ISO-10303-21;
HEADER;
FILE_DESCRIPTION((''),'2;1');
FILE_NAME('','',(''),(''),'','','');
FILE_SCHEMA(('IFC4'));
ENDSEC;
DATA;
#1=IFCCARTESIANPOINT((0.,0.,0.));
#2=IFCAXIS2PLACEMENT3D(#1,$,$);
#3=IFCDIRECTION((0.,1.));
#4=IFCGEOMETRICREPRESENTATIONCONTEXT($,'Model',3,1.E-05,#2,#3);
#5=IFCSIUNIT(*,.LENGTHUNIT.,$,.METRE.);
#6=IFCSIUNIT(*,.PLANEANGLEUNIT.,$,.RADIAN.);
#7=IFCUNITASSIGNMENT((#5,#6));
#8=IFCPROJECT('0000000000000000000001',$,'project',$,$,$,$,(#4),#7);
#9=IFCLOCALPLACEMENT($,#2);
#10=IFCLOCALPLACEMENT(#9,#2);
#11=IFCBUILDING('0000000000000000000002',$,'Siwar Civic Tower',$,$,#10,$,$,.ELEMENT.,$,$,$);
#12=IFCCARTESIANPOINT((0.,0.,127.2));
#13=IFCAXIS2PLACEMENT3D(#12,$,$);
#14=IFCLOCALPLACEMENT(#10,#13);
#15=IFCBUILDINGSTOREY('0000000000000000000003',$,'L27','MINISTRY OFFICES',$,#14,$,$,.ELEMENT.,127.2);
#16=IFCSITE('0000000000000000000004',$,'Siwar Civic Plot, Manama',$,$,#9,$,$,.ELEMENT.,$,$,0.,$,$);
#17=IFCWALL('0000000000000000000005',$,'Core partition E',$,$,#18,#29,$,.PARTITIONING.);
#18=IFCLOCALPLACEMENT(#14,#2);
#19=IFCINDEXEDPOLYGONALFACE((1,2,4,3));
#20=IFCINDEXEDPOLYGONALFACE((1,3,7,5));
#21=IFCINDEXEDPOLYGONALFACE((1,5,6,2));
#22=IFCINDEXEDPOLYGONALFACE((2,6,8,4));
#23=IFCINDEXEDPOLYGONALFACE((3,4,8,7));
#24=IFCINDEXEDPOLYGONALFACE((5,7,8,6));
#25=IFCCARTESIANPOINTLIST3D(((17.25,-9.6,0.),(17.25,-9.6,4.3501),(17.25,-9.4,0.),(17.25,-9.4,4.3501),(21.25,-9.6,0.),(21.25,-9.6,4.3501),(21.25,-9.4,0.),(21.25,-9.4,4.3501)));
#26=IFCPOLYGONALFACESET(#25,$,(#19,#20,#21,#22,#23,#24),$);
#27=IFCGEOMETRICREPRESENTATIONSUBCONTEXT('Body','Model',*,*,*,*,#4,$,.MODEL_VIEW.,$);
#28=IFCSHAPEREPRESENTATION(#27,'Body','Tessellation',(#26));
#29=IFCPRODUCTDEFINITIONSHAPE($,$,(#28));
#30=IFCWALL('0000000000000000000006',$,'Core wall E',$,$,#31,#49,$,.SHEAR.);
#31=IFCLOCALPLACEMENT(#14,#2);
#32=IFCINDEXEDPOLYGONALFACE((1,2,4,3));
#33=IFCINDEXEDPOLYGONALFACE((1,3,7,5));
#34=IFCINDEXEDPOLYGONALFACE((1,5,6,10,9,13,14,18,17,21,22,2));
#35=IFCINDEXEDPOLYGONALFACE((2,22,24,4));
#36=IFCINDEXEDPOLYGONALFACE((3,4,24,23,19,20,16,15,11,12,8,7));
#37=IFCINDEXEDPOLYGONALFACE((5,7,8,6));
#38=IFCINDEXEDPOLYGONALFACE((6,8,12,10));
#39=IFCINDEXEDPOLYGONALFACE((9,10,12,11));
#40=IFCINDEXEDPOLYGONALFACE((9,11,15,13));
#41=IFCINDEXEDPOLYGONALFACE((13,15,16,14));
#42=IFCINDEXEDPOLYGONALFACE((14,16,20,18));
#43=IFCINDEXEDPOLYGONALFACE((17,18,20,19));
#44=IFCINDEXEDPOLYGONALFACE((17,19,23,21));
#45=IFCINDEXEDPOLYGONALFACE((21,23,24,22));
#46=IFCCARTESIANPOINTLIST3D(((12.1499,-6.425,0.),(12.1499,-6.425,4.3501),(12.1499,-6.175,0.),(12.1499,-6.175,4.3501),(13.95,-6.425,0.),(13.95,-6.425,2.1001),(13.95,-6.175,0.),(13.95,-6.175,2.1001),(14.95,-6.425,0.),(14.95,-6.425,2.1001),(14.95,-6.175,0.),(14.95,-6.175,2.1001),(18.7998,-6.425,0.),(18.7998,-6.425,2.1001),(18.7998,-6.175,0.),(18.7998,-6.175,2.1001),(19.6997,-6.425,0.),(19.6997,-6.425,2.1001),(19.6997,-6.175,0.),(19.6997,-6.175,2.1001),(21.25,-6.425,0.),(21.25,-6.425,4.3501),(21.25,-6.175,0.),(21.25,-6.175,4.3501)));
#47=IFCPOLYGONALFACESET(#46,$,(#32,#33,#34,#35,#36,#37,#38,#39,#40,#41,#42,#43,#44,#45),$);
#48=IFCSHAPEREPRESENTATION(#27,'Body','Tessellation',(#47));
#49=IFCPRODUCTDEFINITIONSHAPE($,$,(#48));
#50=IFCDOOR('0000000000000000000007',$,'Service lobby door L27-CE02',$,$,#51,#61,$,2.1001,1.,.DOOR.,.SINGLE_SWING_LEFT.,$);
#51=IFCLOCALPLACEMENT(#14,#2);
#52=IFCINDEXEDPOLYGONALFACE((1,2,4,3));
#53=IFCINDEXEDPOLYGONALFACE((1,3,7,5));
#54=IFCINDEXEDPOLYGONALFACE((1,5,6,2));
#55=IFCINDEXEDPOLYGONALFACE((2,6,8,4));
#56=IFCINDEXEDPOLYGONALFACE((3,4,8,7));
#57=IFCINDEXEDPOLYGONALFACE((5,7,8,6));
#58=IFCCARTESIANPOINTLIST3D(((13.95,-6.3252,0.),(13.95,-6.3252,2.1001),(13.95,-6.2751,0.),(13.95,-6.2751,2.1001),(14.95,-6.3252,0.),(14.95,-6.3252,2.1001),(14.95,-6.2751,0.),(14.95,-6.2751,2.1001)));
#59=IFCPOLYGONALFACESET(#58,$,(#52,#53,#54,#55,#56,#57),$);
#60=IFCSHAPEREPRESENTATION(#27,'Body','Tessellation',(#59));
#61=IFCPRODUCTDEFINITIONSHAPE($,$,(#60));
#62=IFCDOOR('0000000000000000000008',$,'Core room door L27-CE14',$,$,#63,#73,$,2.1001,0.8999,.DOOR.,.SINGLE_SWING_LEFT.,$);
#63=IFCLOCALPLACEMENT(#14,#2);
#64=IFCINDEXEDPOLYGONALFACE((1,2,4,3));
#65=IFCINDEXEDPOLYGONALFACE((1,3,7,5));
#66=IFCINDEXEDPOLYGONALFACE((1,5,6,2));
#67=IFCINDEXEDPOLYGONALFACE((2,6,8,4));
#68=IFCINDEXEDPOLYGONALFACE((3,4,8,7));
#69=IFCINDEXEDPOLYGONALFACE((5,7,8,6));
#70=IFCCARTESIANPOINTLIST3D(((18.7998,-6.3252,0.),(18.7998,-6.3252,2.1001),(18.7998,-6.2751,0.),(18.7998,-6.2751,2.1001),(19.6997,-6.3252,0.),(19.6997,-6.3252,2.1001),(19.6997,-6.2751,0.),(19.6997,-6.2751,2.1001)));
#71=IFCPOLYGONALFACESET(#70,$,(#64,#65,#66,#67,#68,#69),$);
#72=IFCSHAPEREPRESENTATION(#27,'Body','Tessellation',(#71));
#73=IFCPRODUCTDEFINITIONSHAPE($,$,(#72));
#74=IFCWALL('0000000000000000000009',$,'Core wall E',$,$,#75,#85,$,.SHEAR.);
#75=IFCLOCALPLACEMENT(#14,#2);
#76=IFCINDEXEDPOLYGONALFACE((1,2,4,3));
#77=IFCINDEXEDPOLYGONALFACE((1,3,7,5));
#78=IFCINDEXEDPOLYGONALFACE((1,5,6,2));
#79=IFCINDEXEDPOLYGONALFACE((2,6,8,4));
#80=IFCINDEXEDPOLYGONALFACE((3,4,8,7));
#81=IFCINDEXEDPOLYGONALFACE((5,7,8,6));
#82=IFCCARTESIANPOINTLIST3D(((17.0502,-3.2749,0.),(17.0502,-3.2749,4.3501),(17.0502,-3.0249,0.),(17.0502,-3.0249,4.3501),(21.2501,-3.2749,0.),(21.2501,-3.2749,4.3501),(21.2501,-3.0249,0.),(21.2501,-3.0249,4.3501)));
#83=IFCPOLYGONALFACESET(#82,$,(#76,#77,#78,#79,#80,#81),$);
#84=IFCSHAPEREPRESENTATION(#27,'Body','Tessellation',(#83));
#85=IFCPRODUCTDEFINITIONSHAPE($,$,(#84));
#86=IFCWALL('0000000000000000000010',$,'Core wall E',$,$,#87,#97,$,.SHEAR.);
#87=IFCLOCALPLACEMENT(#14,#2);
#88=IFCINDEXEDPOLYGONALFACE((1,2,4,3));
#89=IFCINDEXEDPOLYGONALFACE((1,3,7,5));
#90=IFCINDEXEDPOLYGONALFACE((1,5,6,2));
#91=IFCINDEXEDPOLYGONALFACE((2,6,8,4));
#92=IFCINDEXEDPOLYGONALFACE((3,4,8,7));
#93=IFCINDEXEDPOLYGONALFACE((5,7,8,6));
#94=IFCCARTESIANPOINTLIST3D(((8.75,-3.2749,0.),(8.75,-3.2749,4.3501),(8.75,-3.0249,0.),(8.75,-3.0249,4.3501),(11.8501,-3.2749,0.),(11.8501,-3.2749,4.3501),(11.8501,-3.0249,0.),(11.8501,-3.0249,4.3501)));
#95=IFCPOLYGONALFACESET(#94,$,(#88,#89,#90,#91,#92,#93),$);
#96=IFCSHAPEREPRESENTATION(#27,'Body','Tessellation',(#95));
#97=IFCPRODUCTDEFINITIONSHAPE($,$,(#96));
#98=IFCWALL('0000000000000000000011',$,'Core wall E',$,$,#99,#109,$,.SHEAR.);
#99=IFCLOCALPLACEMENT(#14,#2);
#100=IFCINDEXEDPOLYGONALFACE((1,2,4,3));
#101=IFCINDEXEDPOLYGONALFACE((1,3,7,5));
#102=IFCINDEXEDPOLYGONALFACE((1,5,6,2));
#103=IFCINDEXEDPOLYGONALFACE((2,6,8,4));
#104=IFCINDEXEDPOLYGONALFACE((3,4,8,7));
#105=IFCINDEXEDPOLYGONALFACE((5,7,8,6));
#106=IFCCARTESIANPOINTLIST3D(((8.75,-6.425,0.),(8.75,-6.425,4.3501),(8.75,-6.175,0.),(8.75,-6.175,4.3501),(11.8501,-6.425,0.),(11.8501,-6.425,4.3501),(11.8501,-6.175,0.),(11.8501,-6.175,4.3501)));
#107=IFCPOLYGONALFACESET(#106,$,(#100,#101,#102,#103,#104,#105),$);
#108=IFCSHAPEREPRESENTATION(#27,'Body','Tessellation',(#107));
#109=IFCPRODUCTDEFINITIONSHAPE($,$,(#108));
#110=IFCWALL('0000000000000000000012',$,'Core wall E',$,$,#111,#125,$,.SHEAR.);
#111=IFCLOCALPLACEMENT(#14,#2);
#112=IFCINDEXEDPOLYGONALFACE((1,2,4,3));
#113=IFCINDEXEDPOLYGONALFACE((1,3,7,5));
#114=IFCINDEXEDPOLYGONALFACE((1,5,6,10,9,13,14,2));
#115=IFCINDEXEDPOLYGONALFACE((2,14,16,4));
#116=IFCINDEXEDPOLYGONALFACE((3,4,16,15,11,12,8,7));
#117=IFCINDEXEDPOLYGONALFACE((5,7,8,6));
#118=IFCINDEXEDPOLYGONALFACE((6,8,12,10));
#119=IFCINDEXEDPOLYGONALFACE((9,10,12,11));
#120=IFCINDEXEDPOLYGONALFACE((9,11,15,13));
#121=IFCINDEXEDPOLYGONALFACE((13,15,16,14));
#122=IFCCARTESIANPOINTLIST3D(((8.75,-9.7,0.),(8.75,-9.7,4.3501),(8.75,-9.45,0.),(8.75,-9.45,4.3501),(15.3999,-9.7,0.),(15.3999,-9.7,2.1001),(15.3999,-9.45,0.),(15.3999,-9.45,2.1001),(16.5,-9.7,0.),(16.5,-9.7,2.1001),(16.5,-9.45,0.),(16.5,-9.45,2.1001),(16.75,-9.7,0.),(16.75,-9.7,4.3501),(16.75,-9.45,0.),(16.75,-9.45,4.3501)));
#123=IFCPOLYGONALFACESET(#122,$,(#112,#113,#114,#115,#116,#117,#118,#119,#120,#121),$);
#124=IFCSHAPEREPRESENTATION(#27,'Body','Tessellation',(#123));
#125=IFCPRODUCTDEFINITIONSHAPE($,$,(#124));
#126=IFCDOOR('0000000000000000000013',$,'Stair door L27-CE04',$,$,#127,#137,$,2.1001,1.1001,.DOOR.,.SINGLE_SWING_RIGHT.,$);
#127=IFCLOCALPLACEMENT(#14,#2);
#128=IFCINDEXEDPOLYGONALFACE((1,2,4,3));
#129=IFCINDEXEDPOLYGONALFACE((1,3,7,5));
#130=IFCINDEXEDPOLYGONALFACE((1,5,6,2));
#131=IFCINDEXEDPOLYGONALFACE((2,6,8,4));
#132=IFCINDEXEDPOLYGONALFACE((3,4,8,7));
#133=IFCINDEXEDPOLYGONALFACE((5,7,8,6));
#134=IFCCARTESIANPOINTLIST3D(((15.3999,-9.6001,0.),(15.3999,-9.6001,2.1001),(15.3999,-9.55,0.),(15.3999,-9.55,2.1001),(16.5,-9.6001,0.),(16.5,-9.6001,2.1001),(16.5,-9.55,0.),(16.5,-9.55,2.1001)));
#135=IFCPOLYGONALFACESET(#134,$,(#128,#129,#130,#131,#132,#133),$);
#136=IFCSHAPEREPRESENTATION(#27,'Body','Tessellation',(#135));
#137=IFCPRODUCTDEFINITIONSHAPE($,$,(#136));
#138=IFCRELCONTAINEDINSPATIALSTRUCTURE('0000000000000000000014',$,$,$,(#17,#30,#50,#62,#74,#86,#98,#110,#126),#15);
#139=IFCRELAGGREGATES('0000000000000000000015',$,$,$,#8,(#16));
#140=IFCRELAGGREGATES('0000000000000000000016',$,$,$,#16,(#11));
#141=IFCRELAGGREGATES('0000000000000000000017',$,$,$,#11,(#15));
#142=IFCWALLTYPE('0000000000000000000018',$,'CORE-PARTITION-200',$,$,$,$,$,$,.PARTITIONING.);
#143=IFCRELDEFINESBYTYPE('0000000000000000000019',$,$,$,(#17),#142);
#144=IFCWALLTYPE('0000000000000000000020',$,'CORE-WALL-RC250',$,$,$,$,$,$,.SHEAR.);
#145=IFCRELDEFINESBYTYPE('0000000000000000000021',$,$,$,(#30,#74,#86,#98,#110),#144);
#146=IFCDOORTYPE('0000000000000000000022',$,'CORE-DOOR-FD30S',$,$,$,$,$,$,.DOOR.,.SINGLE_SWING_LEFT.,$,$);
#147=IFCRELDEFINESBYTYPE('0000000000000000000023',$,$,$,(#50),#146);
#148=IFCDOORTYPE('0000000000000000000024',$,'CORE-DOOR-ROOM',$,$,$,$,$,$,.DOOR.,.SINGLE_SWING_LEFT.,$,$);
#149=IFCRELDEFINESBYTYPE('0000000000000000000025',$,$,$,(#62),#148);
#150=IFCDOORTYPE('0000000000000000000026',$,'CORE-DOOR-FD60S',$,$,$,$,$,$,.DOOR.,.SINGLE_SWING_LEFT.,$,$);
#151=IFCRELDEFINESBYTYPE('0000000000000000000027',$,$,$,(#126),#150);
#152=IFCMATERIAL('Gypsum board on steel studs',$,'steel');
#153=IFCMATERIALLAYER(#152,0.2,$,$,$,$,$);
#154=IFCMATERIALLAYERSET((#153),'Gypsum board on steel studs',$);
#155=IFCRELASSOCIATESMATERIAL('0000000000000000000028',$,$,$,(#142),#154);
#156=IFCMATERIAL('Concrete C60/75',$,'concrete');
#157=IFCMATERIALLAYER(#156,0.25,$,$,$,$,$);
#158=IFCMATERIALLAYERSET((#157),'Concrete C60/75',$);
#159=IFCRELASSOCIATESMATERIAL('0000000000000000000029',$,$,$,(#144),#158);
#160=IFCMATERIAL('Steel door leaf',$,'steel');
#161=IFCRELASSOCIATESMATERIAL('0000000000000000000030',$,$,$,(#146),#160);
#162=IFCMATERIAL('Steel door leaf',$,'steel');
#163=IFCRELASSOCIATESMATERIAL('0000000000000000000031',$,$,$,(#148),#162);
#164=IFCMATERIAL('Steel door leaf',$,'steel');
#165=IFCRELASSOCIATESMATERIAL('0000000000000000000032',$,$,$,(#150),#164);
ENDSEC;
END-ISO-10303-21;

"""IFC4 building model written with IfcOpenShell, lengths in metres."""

from ifc_helpers import new_model, si_unit, direction, frame, frame_2d, origin, place, context, subcontext, project, spatial, rectangle, extrude, material, layer, layer_set, type_object, element, fill, save


model = new_model("IFC4")

# Units and contexts
model_context = context("Model", 3, precision=1e-05, world=origin(), true_north=direction((0.0, 1.0)))
body_context = subcontext(model_context, "Body", "Model", "MODEL_VIEW")
ifc_project = project(units=[si_unit("LENGTHUNIT", "METRE"), si_unit("PLANEANGLEUNIT", "RADIAN")], contexts=[model_context])

# Site, building, storey
site_placement = place(None, origin())
site = spatial("IfcSite", under=ifc_project, at=site_placement, Name="Siwar Civic Plot, Manama", CompositionType="ELEMENT", RefElevation=0.0)
building_placement = place(site_placement, origin())
building = spatial("IfcBuilding", under=site, at=building_placement, Name="Siwar Civic Tower", CompositionType="ELEMENT")
storey_placement = place(building_placement, frame((0.0, 0.0, 127.2)))
storey = spatial("IfcBuildingStorey", under=building, at=storey_placement, Name="L27", Description="MINISTRY OFFICES", CompositionType="ELEMENT", Elevation=127.2)

# Wall
ifc_material_1 = material(Name="Gypsum board on steel studs", Category="steel")
ifc_layer_1 = layer(ifc_material_1, 0.2)
ifc_layer_set_1 = layer_set([ifc_layer_1], Name="Gypsum board on steel studs")
wall_type_1 = type_object("IfcWallType", Name="CORE-PARTITION-200", PredefinedType="PARTITIONING", material=ifc_layer_set_1)
wall_1_placement = place(storey_placement, frame((17.25, -9.5, 0.0), z_axis=(0.0, 0.0, 1.0), x_axis=(1.0, 0.0, 0.0)))
element("IfcWall", 1, at=wall_1_placement, inside=storey, type_object=wall_type_1, Name="Core partition E", PredefinedType="PARTITIONING", context=body_context, shape_type="SweptSolid", body=[
    extrude(rectangle(XDim=4.0, YDim=0.2, at=frame_2d((2.0, 0.0))), origin(), (0.0, 0.0, 1.0), 4.3501),
])

# Wall, openings, doors
ifc_material_2 = material(Name="Concrete C60/75", Category="concrete")
ifc_layer_2 = layer(ifc_material_2, 0.25)
ifc_layer_set_2 = layer_set([ifc_layer_2], Name="Concrete C60/75")
wall_type_2 = type_object("IfcWallType", Name="CORE-WALL-RC250", PredefinedType="SHEAR", material=ifc_layer_set_2)
wall_2_placement = place(storey_placement, frame((12.1499, -6.3, 0.0), z_axis=(0.0, 0.0, 1.0), x_axis=(1.0, 0.0, 0.0)))
wall_2 = element("IfcWall", 2, at=wall_2_placement, inside=storey, type_object=wall_type_2, Name="Core wall E", PredefinedType="SHEAR", context=body_context, shape_type="SweptSolid", body=[
    extrude(rectangle(XDim=9.1001, YDim=0.25, at=frame_2d((4.55, 0.0))), origin(), (0.0, 0.0, 1.0), 4.3501),
])
opening_1_placement = place(wall_2_placement, frame((1.8, 0.0, 0.0)))
opening_1 = element("IfcOpeningElement", 3, at=opening_1_placement, cuts=wall_2, PredefinedType="OPENING", context=body_context, shape_type="SweptSolid", body=[
    extrude(rectangle(XDim=1.0, YDim=2.1001, at=frame_2d((0.5, 1.05))), frame((0.0, 0.135, 0.0), z_axis=(0.0, -1.0, 0.0), x_axis=(1.0, 0.0, 0.0)), (0.0, 0.0, 1.0), 0.27),
])
opening_2_placement = place(wall_2_placement, frame((6.6499, 0.0, 0.0)))
opening_2 = element("IfcOpeningElement", 4, at=opening_2_placement, cuts=wall_2, PredefinedType="OPENING", context=body_context, shape_type="SweptSolid", body=[
    extrude(rectangle(XDim=0.8999, YDim=2.1001, at=frame_2d((0.45, 1.05))), frame((0.0, 0.135, 0.0), z_axis=(0.0, -1.0, 0.0), x_axis=(1.0, 0.0, 0.0)), (0.0, 0.0, 1.0), 0.27),
])
ifc_material_3 = material(Name="Steel door leaf", Category="steel")
door_type_1 = type_object("IfcDoorType", Name="CORE-DOOR-FD30S", OperationType="SINGLE_SWING_LEFT", PredefinedType="DOOR", material=ifc_material_3)
door_1_placement = place(opening_1_placement, origin())
door_1 = element("IfcDoor", 5, at=door_1_placement, inside=storey, type_object=door_type_1, Name="Service lobby door L27-CE02", OperationType="SINGLE_SWING_LEFT", OverallHeight=2.1001, OverallWidth=1.0, PredefinedType="DOOR", context=body_context, shape_type="SweptSolid", body=[
    extrude(rectangle(XDim=1.0, YDim=2.1001, at=frame_2d((0.5, 1.05))), frame((0.0, 0.0249, 0.0), z_axis=(0.0, -1.0, 0.0), x_axis=(1.0, 0.0, 0.0)), (0.0, 0.0, 1.0), 0.05),
])
fill(opening_1, door_1)
ifc_material_4 = material(Name="Steel door leaf", Category="steel")
door_type_2 = type_object("IfcDoorType", Name="CORE-DOOR-ROOM", OperationType="SINGLE_SWING_LEFT", PredefinedType="DOOR", material=ifc_material_4)
door_2_placement = place(opening_2_placement, origin())
door_2 = element("IfcDoor", 6, at=door_2_placement, inside=storey, type_object=door_type_2, Name="Core room door L27-CE14", OperationType="SINGLE_SWING_LEFT", OverallHeight=2.1001, OverallWidth=0.8999, PredefinedType="DOOR", context=body_context, shape_type="SweptSolid", body=[
    extrude(rectangle(XDim=0.8999, YDim=2.1001, at=frame_2d((0.45, 1.05))), frame((0.0, 0.0249, 0.0), z_axis=(0.0, -1.0, 0.0), x_axis=(1.0, 0.0, 0.0)), (0.0, 0.0, 1.0), 0.05),
])
fill(opening_2, door_2)

# Walls
wall_3_placement = place(storey_placement, frame((17.05, -3.1499, 0.0), z_axis=(0.0, 0.0, 1.0), x_axis=(1.0, 0.0, 0.0)))
element("IfcWall", 7, at=wall_3_placement, inside=storey, type_object=wall_type_2, Name="Core wall E", PredefinedType="SHEAR", context=body_context, shape_type="SweptSolid", body=[
    extrude(rectangle(XDim=4.2, YDim=0.25, at=frame_2d((2.1001, 0.0))), origin(), (0.0, 0.0, 1.0), 4.3501),
])
for number, where, z_axis, x_axis, name in (
    (8, (8.75, -3.1499, 0.0), (0.0, 0.0, 1.0), (1.0, 0.0, 0.0), "Core wall E"),
    (9, (8.75, -6.3, 0.0), (0.0, 0.0, 1.0), (1.0, 0.0, 0.0), "Core wall E"),
):
    element("IfcWall", number, at=place(storey_placement, frame(where, z_axis=z_axis, x_axis=x_axis)), inside=storey, type_object=wall_type_2, Name=name, PredefinedType="SHEAR", context=body_context, shape_type="SweptSolid", body=[
        extrude(rectangle(XDim=3.1001, YDim=0.25, at=frame_2d((1.55, 0.0))), origin(), (0.0, 0.0, 1.0), 4.3501),
    ])

# Wall, opening, door
wall_4_placement = place(storey_placement, frame((8.75, -9.575, 0.0), z_axis=(0.0, 0.0, 1.0), x_axis=(1.0, 0.0, 0.0)))
wall_4 = element("IfcWall", 10, at=wall_4_placement, inside=storey, type_object=wall_type_2, Name="Core wall E", PredefinedType="SHEAR", context=body_context, shape_type="SweptSolid", body=[
    extrude(rectangle(XDim=8.0, YDim=0.25, at=frame_2d((4.0, 0.0))), origin(), (0.0, 0.0, 1.0), 4.3501),
])
opening_3_placement = place(wall_4_placement, frame((6.6499, 0.0, 0.0)))
opening_3 = element("IfcOpeningElement", 11, at=opening_3_placement, cuts=wall_4, PredefinedType="OPENING", context=body_context, shape_type="SweptSolid", body=[
    extrude(rectangle(XDim=1.1001, YDim=2.1001, at=frame_2d((0.55, 1.05))), frame((0.0, 0.135, 0.0), z_axis=(0.0, -1.0, 0.0), x_axis=(1.0, 0.0, 0.0)), (0.0, 0.0, 1.0), 0.27),
])
ifc_material_5 = material(Name="Steel door leaf", Category="steel")
door_type_3 = type_object("IfcDoorType", Name="CORE-DOOR-FD60S", OperationType="SINGLE_SWING_LEFT", PredefinedType="DOOR", material=ifc_material_5)
door_3_placement = place(opening_3_placement, origin())
door_3 = element("IfcDoor", 12, at=door_3_placement, inside=storey, type_object=door_type_3, Name="Stair door L27-CE04", OperationType="SINGLE_SWING_RIGHT", OverallHeight=2.1001, OverallWidth=1.1001, PredefinedType="DOOR", context=body_context, shape_type="SweptSolid", body=[
    extrude(rectangle(XDim=1.1001, YDim=2.1001, at=frame_2d((0.55, 1.05))), frame((0.0, 0.0249, 0.0), z_axis=(0.0, -1.0, 0.0), x_axis=(1.0, 0.0, 0.0)), (0.0, 0.0, 1.0), 0.05),
])
fill(opening_3, door_3)

save(model, "model.ifc")
